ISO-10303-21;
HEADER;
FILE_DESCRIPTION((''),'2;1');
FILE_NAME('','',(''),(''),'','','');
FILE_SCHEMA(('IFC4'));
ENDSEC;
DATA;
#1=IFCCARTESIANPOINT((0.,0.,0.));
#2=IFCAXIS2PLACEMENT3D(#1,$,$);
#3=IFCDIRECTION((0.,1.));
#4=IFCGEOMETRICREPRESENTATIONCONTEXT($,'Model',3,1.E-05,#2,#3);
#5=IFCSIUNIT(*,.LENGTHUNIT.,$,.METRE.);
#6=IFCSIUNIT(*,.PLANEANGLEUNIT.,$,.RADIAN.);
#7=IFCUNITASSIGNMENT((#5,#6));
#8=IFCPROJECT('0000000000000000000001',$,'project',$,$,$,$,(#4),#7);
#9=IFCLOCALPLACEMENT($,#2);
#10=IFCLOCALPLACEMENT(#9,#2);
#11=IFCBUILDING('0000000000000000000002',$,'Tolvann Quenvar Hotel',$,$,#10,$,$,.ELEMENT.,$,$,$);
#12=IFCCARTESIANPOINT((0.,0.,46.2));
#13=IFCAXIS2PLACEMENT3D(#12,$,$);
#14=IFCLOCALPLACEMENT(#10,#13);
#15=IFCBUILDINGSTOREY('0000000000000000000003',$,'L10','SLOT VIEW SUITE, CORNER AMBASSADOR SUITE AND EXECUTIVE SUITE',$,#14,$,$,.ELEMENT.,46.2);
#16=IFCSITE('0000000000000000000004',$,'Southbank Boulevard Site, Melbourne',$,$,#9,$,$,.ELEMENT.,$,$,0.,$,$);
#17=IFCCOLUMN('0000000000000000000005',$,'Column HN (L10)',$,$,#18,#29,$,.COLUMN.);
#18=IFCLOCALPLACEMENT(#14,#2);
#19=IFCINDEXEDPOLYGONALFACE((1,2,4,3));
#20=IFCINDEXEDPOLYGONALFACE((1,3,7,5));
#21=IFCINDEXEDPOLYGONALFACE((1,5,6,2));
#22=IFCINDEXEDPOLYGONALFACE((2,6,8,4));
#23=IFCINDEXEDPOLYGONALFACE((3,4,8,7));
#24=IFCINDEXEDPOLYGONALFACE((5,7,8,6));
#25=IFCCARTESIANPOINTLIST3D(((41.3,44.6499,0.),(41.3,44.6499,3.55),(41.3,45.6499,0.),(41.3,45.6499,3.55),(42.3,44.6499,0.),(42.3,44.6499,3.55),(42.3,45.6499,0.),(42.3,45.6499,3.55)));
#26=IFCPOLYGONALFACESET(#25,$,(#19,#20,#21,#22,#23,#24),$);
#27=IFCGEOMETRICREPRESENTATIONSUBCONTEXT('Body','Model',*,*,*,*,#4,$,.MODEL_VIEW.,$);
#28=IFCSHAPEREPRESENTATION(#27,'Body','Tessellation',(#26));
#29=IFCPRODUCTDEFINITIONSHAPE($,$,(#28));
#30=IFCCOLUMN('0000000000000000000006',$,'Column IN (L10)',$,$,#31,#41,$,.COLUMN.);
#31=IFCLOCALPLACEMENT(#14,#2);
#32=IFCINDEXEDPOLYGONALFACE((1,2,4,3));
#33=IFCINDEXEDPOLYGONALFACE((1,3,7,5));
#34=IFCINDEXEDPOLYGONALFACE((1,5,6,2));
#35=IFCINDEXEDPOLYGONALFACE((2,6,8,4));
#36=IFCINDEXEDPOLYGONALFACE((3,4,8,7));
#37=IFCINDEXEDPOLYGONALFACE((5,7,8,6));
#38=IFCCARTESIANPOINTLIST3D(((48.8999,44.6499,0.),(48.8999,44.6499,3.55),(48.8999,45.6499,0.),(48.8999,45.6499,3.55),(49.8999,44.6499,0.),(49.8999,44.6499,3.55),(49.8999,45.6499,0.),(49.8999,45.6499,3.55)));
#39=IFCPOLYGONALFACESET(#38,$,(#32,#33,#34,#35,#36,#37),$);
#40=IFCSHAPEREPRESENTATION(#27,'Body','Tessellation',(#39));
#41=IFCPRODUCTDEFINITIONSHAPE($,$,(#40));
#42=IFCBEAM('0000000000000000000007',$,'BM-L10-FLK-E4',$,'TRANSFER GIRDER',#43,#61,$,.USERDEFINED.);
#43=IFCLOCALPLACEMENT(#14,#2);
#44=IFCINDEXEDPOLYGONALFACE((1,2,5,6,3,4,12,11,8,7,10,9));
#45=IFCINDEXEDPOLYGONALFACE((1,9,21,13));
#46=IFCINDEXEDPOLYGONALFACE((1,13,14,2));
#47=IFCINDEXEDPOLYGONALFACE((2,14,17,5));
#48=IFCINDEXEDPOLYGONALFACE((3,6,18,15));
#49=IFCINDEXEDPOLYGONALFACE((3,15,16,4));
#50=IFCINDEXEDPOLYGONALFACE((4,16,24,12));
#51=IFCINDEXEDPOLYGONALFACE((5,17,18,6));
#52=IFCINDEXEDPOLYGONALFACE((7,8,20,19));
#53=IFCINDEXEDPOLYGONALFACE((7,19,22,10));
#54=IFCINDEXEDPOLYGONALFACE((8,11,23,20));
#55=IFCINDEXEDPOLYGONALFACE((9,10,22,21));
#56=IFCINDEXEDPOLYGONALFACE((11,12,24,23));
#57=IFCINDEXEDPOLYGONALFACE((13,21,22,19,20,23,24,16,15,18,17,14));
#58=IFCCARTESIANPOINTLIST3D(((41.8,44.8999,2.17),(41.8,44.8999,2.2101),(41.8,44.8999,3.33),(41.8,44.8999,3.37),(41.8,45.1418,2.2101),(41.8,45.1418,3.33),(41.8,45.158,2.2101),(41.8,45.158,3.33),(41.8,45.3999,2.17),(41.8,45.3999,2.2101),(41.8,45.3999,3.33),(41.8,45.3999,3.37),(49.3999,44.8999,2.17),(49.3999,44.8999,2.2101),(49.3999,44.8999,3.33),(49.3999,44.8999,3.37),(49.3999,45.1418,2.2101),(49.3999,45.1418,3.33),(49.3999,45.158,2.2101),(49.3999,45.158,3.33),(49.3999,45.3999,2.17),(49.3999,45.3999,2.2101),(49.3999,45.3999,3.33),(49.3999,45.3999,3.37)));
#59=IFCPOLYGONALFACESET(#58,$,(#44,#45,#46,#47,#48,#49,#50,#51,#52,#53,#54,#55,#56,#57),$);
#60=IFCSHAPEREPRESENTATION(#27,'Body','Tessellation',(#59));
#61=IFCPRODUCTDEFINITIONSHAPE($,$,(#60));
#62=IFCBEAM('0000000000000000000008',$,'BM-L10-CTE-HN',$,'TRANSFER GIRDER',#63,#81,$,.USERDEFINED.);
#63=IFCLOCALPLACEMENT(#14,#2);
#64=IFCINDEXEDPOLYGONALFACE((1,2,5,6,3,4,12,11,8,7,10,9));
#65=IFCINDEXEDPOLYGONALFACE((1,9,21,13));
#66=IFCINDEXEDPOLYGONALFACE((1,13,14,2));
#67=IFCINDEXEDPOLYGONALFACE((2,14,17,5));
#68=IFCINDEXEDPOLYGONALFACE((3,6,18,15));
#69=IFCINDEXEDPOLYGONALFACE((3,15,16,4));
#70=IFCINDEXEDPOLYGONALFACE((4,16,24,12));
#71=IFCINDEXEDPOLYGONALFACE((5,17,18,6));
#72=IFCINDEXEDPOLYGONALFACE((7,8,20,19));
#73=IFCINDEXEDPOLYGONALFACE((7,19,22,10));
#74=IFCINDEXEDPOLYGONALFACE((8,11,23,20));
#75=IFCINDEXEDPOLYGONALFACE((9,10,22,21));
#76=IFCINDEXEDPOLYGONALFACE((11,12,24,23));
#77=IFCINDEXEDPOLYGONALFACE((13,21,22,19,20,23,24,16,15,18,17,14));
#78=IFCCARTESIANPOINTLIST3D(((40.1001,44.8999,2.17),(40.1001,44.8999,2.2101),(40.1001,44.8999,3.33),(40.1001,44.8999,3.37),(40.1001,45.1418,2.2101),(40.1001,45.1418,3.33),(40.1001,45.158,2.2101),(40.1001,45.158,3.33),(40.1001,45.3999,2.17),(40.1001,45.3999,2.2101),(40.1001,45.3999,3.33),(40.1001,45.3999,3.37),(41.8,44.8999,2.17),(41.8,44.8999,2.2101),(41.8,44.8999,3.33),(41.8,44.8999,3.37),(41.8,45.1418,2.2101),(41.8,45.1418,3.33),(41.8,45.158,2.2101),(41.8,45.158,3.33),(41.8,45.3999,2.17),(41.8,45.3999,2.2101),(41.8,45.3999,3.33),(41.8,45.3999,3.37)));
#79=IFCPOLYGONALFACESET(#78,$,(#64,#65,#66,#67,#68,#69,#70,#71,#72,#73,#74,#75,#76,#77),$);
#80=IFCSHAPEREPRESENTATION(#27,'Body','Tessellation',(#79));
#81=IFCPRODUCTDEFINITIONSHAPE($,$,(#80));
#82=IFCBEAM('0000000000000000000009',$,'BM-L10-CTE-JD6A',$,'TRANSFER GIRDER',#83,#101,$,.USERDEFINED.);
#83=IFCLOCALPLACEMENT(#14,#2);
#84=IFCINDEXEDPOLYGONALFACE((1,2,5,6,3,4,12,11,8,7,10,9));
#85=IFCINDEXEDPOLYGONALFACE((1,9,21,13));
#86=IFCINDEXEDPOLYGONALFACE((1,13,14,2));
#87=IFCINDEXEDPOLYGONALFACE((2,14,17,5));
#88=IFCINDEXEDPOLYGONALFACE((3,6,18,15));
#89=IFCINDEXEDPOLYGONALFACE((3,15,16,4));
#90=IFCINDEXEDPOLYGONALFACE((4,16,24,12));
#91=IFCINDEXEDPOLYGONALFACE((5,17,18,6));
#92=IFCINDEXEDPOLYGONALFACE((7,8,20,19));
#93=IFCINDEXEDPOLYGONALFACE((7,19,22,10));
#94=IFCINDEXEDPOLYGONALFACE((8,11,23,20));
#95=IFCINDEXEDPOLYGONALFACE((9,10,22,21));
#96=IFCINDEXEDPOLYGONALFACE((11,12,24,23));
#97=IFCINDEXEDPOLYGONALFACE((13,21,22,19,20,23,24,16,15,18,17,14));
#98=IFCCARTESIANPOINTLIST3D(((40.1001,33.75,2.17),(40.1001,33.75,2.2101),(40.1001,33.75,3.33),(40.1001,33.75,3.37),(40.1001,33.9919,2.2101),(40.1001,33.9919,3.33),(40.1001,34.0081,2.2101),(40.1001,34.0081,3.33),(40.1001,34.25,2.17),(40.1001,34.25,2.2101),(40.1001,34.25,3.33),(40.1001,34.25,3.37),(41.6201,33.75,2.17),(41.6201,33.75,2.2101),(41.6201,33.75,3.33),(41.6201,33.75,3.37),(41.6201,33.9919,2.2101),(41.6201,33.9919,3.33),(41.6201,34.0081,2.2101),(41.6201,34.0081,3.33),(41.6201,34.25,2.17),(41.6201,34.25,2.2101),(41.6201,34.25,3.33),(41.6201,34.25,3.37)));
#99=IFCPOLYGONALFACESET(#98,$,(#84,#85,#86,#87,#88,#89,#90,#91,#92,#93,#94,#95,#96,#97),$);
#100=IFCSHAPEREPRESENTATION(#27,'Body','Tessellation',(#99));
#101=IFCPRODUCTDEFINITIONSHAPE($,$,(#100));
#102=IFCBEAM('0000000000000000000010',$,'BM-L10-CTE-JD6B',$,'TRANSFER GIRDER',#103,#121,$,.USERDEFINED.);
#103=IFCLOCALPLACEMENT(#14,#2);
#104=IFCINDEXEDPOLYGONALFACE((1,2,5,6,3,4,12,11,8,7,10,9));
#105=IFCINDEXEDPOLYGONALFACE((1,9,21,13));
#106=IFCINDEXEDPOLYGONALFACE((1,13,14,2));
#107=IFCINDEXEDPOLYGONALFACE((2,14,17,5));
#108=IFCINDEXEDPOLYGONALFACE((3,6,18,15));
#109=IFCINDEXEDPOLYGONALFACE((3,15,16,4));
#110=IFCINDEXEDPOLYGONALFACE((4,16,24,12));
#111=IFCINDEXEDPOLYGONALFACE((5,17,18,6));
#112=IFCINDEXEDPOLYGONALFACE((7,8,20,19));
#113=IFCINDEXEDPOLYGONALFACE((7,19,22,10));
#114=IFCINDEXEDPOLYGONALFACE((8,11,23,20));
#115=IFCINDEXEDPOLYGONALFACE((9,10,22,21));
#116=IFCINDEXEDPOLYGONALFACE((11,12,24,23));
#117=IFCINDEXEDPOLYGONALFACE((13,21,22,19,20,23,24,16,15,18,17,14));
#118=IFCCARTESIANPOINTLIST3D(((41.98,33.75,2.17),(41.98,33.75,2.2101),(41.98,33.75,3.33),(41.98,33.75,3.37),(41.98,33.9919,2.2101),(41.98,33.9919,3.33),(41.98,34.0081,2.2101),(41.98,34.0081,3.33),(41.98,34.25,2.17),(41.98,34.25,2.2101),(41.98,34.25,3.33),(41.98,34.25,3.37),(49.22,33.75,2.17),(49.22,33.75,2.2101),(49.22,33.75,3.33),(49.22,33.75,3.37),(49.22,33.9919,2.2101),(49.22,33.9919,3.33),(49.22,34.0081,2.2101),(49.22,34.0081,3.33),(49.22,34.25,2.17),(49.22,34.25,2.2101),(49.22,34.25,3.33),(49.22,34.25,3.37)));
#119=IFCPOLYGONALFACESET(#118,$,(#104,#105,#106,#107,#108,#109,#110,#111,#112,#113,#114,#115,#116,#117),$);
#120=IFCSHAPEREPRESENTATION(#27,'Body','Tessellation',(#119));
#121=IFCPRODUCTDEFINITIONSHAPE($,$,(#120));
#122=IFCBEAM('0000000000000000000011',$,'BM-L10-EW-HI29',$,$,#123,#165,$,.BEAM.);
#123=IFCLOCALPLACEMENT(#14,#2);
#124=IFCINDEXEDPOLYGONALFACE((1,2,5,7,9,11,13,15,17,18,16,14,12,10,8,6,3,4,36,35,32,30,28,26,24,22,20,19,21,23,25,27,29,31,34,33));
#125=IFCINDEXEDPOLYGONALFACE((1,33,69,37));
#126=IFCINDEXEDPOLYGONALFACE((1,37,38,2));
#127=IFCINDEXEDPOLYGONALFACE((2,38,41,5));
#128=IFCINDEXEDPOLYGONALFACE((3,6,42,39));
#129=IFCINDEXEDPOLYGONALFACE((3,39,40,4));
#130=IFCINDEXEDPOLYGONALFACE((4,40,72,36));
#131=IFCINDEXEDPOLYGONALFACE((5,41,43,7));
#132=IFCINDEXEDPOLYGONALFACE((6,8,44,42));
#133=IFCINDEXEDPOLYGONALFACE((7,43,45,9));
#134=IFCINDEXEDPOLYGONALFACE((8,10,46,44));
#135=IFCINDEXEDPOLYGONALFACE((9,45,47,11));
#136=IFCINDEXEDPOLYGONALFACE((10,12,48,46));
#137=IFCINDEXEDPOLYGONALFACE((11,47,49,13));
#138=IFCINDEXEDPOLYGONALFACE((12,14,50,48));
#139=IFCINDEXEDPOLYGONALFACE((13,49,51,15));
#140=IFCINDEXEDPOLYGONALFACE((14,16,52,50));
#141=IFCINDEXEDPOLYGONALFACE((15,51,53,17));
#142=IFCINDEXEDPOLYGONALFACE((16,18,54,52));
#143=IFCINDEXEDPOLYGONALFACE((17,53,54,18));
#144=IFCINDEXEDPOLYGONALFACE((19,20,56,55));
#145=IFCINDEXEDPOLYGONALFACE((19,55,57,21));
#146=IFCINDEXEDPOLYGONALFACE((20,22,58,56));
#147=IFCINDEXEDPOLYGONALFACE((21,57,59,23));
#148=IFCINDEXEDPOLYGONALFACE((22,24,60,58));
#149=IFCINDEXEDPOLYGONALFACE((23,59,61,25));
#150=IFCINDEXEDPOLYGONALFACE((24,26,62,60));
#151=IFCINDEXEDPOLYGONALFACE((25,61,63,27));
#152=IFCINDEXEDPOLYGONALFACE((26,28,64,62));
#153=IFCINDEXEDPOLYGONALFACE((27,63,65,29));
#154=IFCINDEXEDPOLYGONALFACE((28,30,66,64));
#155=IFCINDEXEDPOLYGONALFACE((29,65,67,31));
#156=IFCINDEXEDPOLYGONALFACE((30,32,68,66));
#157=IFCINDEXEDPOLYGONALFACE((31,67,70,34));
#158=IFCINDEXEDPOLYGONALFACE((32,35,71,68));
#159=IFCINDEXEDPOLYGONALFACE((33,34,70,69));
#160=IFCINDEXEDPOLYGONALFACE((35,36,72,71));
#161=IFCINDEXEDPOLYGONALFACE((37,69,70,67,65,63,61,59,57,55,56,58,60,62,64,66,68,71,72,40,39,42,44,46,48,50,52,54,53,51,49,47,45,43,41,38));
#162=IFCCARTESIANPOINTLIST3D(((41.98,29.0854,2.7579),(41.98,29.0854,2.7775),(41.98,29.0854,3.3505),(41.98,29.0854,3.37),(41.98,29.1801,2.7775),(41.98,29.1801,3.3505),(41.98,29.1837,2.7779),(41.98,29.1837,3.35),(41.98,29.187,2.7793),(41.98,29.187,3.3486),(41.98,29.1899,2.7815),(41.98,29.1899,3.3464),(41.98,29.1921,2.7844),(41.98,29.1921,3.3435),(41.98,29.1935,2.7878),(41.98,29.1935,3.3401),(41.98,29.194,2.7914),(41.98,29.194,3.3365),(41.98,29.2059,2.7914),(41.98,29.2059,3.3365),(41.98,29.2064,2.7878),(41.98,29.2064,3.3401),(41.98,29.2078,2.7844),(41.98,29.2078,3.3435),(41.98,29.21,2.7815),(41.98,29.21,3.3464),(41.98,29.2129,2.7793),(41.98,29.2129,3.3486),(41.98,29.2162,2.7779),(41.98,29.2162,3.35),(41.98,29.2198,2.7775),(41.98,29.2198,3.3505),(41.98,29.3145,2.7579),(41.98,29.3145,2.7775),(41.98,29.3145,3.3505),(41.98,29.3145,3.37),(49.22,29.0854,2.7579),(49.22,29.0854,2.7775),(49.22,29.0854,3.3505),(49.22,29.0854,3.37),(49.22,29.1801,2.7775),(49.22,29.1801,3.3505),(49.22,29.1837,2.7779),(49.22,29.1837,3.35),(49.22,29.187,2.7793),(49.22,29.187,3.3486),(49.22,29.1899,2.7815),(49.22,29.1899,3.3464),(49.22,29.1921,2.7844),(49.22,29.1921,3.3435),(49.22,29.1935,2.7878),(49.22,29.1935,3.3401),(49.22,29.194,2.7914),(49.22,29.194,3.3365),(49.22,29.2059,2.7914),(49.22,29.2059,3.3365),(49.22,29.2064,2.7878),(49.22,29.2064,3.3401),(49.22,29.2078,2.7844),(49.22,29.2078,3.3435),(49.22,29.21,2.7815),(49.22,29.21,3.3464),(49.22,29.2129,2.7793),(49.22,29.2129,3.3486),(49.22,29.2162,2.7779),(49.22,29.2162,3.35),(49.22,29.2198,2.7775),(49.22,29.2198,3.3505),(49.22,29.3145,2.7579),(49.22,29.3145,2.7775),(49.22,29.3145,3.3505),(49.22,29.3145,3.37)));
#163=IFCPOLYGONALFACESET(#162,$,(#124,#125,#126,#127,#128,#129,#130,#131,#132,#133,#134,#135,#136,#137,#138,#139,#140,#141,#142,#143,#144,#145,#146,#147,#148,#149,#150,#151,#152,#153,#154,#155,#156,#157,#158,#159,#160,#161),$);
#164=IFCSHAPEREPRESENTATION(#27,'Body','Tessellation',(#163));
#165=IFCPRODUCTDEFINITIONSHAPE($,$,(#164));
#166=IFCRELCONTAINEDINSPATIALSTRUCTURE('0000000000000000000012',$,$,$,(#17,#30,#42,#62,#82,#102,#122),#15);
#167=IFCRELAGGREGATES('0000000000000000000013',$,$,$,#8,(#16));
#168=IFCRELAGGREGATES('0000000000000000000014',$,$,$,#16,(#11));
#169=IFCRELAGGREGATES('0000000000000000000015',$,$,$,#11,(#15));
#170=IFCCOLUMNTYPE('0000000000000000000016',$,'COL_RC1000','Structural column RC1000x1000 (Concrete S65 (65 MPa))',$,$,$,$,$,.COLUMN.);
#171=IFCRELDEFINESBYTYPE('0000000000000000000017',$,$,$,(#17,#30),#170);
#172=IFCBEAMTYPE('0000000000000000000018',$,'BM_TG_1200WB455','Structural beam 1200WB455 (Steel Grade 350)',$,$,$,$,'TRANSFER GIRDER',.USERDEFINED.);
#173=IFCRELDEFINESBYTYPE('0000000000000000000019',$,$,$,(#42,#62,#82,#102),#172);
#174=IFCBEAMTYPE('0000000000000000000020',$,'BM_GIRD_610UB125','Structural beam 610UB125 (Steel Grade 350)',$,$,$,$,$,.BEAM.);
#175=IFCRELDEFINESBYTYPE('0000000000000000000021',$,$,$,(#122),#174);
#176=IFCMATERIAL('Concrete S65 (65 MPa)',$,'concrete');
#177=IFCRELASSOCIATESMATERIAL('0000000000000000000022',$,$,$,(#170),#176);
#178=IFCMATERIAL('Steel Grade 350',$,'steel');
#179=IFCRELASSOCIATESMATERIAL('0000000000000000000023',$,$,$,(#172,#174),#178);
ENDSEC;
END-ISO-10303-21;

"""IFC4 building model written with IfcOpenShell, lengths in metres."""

from ifc_helpers import new_model, si_unit, direction, frame, origin, origin_2d, place, context, subcontext, project, spatial, rectangle, i_section, extrude, source, transform, mapped, material, material_profile, profile_set, type_object, type_shapes, element, save


model = new_model("IFC4")

# Units and contexts
model_context = context("Model", 3, precision=1e-05, world=origin(), true_north=direction((0.0, 1.0)))
body_context = subcontext(model_context, "Body", "Model", "MODEL_VIEW")
ifc_project = project(units=[si_unit("LENGTHUNIT", "METRE"), si_unit("PLANEANGLEUNIT", "RADIAN")], contexts=[model_context])

# Site, building, storey
site_placement = place(None, origin())
site = spatial("IfcSite", under=ifc_project, at=site_placement, Name="Southbank Boulevard Site, Melbourne", CompositionType="ELEMENT", RefElevation=0.0)
building_placement = place(site_placement, origin())
building = spatial("IfcBuilding", under=site, at=building_placement, Name="Tolvann Quenvar Hotel", CompositionType="ELEMENT")
storey_placement = place(building_placement, frame((0.0, 0.0, 46.2)))
storey = spatial("IfcBuildingStorey", under=building, at=storey_placement, Name="L10", Description="SLOT VIEW SUITE, CORNER AMBASSADOR SUITE AND EXECUTIVE SUITE", CompositionType="ELEMENT", Elevation=46.2)

# Columns
ifc_material_1 = material(Name="Concrete S65 (65 MPa)", Category="concrete")
ifc_material_profile_1 = material_profile(ifc_material_1, rectangle(XDim=1.0, YDim=1.0, at=origin_2d()), Name="RC1000x1000")
ifc_profile_set_1 = profile_set([ifc_material_profile_1], Name="Concrete S65 (65 MPa)")
column_type = type_object("IfcColumnType", Name="COL_RC1000", Description="Structural column RC1000x1000 (Concrete S65 (65 MPa))", PredefinedType="COLUMN", material=ifc_profile_set_1)
shared_shape_1 = source(origin(), body_context, "Body", "SweptSolid", [
    extrude(rectangle(XDim=1.0, YDim=1.0, at=origin_2d()), origin(), (0.0, 0.0, 1.0), 3.55),
])
type_shapes(column_type, [shared_shape_1])
for number, where, z_axis, x_axis, name in (
    (1, (41.8, 45.1499, 0.0), (0.0, 0.0, 1.0), (1.0, 0.0, 0.0), "Column HN (L10)"),
    (2, (49.3999, 45.1499, 0.0), (0.0, 0.0, 1.0), (1.0, 0.0, 0.0), "Column IN (L10)"),
):
    element("IfcColumn", number, at=place(storey_placement, frame(where, z_axis=z_axis, x_axis=x_axis)), inside=storey, type_object=column_type, Name=name, PredefinedType="COLUMN", context=body_context, shape_type="MappedRepresentation", body=[
        mapped(shared_shape_1, transform((0.0, 0.0, 0.0), x_axis=(1.0, 0.0, 0.0), y_axis=(0.0, 1.0, 0.0), z_axis=(0.0, 0.0, 1.0), scale=1.0)),
    ])

# Beams
ifc_material_2 = material(Name="Steel Grade 350", Category="steel")
ifc_material_profile_2 = material_profile(ifc_material_2, i_section(OverallWidth=0.5, OverallDepth=1.2, WebThickness=0.0161, FlangeThickness=0.04, at=origin_2d()), Name="1200WB455")
ifc_profile_set_2 = profile_set([ifc_material_profile_2], Name="Steel Grade 350")
beam_type_1 = type_object("IfcBeamType", Name="BM_TG_1200WB455", Description="Structural beam 1200WB455 (Steel Grade 350)", ElementType="TRANSFER GIRDER", PredefinedType="USERDEFINED", material=ifc_profile_set_2)
shared_shape_2 = source(origin(), body_context, "Body", "SweptSolid", [
    extrude(i_section(OverallWidth=0.5, OverallDepth=1.2, WebThickness=0.0161, FlangeThickness=0.04, at=origin_2d()), origin(), (0.0, 0.0, 1.0), 7.5999),
])
beam_1_placement = place(storey_placement, frame((49.3999, 45.1499, 2.77), z_axis=(-1.0, 0.0, 0.0), x_axis=(0.0, -1.0, 0.0)))
element("IfcBeam", 3, at=beam_1_placement, inside=storey, type_object=beam_type_1, Name="BM-L10-FLK-E4", ObjectType="TRANSFER GIRDER", PredefinedType="USERDEFINED", context=body_context, shape_type="MappedRepresentation", body=[
    mapped(shared_shape_2, transform((0.0, 0.0, 0.0), x_axis=(1.0, 0.0, 0.0), y_axis=(0.0, 1.0, 0.0), z_axis=(0.0, 0.0, 1.0), scale=1.0)),
])
shared_shape_3 = source(origin(), body_context, "Body", "SweptSolid", [
    extrude(i_section(OverallWidth=0.5, OverallDepth=1.2, WebThickness=0.0161, FlangeThickness=0.04, at=origin_2d()), origin(), (0.0, 0.0, 1.0), 1.7),
])
beam_2_placement = place(storey_placement, frame((40.1001, 45.1499, 2.77), z_axis=(1.0, 0.0, 0.0), x_axis=(0.0, 1.0, 0.0)))
element("IfcBeam", 4, at=beam_2_placement, inside=storey, type_object=beam_type_1, Name="BM-L10-CTE-HN", ObjectType="TRANSFER GIRDER", PredefinedType="USERDEFINED", context=body_context, shape_type="MappedRepresentation", body=[
    mapped(shared_shape_3, transform((0.0, 0.0, 0.0), x_axis=(1.0, 0.0, 0.0), y_axis=(0.0, 1.0, 0.0), z_axis=(0.0, 0.0, 1.0), scale=1.0)),
])
shared_shape_4 = source(origin(), body_context, "Body", "SweptSolid", [
    extrude(i_section(OverallWidth=0.5, OverallDepth=1.2, WebThickness=0.0161, FlangeThickness=0.04, at=origin_2d()), origin(), (0.0, 0.0, 1.0), 1.52),
])
beam_3_placement = place(storey_placement, frame((40.1001, 34.0, 2.77), z_axis=(1.0, 0.0, 0.0), x_axis=(0.0, 1.0, 0.0)))
element("IfcBeam", 5, at=beam_3_placement, inside=storey, type_object=beam_type_1, Name="BM-L10-CTE-JD6A", ObjectType="TRANSFER GIRDER", PredefinedType="USERDEFINED", context=body_context, shape_type="MappedRepresentation", body=[
    mapped(shared_shape_4, transform((0.0, 0.0, 0.0), x_axis=(1.0, 0.0, 0.0), y_axis=(0.0, 1.0, 0.0), z_axis=(0.0, 0.0, 1.0), scale=1.0)),
])
shared_shape_5 = source(origin(), body_context, "Body", "SweptSolid", [
    extrude(i_section(OverallWidth=0.5, OverallDepth=1.2, WebThickness=0.0161, FlangeThickness=0.04, at=origin_2d()), origin(), (0.0, 0.0, 1.0), 7.24),
])
type_shapes(beam_type_1, [shared_shape_2, shared_shape_3, shared_shape_4, shared_shape_5])
beam_4_placement = place(storey_placement, frame((41.98, 34.0, 2.77), z_axis=(1.0, 0.0, 0.0), x_axis=(0.0, 1.0, 0.0)))
element("IfcBeam", 6, at=beam_4_placement, inside=storey, type_object=beam_type_1, Name="BM-L10-CTE-JD6B", ObjectType="TRANSFER GIRDER", PredefinedType="USERDEFINED", context=body_context, shape_type="MappedRepresentation", body=[
    mapped(shared_shape_5, transform((0.0, 0.0, 0.0), x_axis=(1.0, 0.0, 0.0), y_axis=(0.0, 1.0, 0.0), z_axis=(0.0, 0.0, 1.0), scale=1.0)),
])
ifc_material_profile_3 = material_profile(ifc_material_2, i_section(OverallWidth=0.229, OverallDepth=0.6121, WebThickness=0.012, FlangeThickness=0.0195, FilletRadius=0.0139, at=origin_2d()), Name="610UB125")
ifc_profile_set_3 = profile_set([ifc_material_profile_3], Name="Steel Grade 350")
beam_type_2 = type_object("IfcBeamType", Name="BM_GIRD_610UB125", Description="Structural beam 610UB125 (Steel Grade 350)", PredefinedType="BEAM", material=ifc_profile_set_3)
shared_shape_6 = source(origin(), body_context, "Body", "SweptSolid", [
    extrude(i_section(OverallWidth=0.229, OverallDepth=0.6121, WebThickness=0.012, FlangeThickness=0.0195, FilletRadius=0.0139, at=origin_2d()), origin(), (0.0, 0.0, 1.0), 7.24),
])
beam_5_placement = place(storey_placement, frame((41.98, 29.2, 3.064), z_axis=(1.0, 0.0, 0.0), x_axis=(0.0, 1.0, 0.0)))
element("IfcBeam", 7, at=beam_5_placement, inside=storey, type_object=beam_type_2, Name="BM-L10-EW-HI29", PredefinedType="BEAM", context=body_context, shape_type="MappedRepresentation", body=[
    mapped(shared_shape_6, transform((0.0, 0.0, 0.0), x_axis=(1.0, 0.0, 0.0), y_axis=(0.0, 1.0, 0.0), z_axis=(0.0, 0.0, 1.0), scale=1.0)),
])

save(model, "model.ifc")
